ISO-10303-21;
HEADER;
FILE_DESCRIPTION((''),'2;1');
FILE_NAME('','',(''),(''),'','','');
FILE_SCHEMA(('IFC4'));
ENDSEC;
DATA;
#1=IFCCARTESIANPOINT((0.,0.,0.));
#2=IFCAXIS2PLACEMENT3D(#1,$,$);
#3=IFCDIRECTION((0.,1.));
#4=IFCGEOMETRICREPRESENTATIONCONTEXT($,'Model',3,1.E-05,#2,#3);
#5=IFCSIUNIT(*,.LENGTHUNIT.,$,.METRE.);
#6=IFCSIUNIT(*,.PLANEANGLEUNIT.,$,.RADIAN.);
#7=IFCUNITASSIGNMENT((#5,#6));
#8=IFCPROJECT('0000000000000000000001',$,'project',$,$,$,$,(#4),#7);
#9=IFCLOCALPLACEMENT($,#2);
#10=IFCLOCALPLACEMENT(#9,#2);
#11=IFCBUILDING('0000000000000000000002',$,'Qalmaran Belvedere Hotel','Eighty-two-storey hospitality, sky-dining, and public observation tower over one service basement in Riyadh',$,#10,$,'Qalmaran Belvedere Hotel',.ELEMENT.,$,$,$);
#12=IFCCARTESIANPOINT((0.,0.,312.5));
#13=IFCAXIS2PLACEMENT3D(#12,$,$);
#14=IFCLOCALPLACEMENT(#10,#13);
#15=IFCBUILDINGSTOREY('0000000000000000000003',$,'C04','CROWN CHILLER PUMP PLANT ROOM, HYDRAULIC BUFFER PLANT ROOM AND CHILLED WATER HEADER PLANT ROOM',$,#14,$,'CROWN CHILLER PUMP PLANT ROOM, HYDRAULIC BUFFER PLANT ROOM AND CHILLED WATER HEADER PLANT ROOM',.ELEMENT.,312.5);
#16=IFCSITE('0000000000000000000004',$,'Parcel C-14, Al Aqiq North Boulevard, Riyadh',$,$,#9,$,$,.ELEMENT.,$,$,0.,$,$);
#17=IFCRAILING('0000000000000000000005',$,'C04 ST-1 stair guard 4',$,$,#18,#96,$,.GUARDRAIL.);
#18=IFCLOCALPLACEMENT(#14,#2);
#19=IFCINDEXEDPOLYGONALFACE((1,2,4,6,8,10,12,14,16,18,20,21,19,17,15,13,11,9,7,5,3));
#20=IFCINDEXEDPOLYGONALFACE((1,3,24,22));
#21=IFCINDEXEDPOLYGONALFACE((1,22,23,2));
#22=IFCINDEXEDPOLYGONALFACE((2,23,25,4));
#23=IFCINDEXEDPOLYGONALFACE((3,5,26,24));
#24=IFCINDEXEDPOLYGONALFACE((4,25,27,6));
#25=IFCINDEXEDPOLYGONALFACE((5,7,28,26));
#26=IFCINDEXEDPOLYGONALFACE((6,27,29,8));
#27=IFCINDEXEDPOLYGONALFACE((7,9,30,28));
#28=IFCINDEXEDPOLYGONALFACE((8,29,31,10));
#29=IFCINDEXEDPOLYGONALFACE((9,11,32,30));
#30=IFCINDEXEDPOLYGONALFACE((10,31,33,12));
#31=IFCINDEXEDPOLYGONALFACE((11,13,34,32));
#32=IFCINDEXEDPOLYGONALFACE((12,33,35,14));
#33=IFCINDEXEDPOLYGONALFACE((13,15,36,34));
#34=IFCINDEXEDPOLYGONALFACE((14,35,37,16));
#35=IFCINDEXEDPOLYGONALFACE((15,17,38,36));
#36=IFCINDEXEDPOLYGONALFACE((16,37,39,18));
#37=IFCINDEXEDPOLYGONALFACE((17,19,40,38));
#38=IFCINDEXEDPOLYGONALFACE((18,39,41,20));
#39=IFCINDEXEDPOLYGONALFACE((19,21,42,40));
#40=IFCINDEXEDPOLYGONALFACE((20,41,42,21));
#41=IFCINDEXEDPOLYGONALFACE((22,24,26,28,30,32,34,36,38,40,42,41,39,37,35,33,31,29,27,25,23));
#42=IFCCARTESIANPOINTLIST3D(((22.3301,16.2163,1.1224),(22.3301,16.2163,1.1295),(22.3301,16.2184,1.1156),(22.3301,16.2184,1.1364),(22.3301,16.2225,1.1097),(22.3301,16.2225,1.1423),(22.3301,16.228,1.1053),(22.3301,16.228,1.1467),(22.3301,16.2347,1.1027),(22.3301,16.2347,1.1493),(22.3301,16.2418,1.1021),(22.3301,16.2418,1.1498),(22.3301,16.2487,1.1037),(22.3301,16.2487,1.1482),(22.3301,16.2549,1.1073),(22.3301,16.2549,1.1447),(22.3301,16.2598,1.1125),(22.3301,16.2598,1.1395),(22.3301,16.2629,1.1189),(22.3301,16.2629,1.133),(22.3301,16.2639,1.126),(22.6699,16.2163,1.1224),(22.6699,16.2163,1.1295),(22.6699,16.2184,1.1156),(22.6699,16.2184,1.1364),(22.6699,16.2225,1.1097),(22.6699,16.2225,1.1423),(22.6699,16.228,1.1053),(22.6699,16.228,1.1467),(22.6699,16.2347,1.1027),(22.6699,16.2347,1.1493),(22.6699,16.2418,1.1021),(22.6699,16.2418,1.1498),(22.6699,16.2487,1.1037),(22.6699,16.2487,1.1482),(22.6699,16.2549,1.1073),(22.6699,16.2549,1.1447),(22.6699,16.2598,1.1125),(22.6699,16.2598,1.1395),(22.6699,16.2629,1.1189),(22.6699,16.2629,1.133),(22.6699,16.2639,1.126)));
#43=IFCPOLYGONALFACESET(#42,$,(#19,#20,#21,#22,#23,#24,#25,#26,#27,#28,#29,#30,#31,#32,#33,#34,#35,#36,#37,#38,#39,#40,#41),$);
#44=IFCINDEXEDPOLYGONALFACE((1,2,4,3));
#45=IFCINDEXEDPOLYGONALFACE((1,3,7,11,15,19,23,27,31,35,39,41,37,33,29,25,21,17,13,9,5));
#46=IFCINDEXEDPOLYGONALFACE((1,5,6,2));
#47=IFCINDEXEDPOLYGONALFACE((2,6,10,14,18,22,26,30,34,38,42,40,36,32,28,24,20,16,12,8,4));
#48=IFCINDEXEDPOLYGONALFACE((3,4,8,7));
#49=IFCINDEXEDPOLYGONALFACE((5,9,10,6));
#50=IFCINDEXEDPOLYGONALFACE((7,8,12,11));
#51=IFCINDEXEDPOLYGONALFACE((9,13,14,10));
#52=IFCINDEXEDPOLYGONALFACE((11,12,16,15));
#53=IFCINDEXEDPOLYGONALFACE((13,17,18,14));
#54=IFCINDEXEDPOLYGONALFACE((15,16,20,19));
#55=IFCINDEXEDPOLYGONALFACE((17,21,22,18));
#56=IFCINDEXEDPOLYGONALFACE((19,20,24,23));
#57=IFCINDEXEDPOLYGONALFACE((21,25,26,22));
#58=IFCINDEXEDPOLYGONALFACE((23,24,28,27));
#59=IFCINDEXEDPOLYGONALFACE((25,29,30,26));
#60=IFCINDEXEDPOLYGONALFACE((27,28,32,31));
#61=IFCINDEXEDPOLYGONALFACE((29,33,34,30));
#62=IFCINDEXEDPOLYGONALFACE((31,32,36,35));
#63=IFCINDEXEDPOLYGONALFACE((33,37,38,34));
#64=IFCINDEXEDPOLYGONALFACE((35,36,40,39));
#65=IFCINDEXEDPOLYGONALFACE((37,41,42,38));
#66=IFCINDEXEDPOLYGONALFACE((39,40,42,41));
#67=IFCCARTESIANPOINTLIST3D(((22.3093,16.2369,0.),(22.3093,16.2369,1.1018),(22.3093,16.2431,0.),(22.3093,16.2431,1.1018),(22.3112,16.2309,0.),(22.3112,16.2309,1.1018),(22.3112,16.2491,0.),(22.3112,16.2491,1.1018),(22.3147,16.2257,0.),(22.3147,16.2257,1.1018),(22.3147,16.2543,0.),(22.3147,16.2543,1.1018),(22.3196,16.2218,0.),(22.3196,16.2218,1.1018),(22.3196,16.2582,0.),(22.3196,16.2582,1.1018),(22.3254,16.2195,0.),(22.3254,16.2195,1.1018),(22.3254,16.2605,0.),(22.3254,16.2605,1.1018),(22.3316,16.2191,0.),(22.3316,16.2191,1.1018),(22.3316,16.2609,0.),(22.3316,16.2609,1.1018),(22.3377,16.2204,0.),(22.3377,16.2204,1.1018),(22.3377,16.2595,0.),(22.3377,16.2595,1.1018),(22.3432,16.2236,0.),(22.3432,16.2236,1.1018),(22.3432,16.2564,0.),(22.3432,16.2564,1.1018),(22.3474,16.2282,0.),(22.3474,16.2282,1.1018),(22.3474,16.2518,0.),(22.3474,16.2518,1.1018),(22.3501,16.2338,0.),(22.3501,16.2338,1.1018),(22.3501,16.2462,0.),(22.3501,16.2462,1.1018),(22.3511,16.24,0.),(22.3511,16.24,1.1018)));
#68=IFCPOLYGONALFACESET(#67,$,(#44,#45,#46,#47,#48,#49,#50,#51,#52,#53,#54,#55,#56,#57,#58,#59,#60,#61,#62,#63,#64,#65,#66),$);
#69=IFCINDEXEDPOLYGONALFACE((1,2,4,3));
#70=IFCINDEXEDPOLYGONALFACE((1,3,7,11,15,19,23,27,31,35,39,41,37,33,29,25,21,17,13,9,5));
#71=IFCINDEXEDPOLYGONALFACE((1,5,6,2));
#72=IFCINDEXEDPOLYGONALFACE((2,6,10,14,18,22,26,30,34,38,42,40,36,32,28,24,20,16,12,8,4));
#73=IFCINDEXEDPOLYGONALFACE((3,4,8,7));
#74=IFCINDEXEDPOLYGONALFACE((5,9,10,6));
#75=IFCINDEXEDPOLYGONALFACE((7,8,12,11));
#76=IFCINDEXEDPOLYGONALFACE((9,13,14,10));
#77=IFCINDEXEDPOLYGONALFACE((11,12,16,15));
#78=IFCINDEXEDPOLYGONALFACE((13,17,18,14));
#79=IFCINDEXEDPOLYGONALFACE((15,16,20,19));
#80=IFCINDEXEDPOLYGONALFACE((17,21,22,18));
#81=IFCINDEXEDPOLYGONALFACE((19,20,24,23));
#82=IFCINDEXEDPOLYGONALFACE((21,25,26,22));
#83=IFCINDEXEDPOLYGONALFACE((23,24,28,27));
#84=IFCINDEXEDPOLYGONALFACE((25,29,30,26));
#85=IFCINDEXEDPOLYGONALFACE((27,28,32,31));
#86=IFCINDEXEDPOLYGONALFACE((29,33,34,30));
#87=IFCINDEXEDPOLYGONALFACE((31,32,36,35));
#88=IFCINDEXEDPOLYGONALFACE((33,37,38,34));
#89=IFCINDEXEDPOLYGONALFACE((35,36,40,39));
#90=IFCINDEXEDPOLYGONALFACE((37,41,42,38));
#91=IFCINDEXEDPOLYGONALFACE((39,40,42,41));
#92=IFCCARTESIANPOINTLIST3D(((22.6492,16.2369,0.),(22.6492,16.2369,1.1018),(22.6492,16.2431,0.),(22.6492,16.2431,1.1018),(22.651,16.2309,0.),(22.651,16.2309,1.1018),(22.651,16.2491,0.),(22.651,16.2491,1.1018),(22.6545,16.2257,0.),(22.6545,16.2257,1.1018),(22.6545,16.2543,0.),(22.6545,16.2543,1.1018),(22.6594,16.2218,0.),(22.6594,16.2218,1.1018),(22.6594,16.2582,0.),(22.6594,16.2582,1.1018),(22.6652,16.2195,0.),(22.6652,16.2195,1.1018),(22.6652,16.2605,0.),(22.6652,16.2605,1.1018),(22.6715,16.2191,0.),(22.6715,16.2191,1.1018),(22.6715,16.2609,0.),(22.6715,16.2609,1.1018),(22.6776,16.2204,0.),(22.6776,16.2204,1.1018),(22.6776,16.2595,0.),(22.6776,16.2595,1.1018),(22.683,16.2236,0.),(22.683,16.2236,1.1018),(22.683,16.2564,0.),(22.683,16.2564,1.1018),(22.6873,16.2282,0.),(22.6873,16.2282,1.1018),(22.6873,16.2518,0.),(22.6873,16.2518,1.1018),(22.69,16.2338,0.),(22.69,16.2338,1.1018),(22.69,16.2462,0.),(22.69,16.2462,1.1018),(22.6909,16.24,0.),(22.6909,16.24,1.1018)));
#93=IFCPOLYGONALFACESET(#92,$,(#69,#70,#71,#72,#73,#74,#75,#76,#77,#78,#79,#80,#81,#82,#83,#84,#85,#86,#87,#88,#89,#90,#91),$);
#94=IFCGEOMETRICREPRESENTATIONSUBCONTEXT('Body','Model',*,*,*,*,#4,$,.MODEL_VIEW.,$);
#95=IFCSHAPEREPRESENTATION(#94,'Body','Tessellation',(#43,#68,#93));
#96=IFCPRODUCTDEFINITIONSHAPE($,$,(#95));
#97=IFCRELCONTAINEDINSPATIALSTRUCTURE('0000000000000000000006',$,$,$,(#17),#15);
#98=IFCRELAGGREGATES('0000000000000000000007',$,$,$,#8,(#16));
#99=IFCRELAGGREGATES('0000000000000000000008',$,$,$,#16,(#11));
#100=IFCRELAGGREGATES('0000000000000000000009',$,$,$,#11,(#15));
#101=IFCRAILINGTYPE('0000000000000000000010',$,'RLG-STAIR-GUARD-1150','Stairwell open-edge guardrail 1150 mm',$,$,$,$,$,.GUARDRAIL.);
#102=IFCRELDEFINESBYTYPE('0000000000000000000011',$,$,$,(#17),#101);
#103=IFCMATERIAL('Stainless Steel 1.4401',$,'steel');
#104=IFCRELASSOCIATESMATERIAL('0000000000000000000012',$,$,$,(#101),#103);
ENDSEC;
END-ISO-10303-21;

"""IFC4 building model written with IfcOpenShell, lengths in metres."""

from ifc_helpers import new_model, si_unit, direction, frame, origin, origin_2d, place, context, subcontext, project, spatial, circle, extrude, material, type_object, element, save


model = new_model("IFC4")

# Units and contexts
model_context = context("Model", 3, precision=1e-05, world=origin(), true_north=direction((0.0, 1.0)))
body_context = subcontext(model_context, "Body", "Model", "MODEL_VIEW")
ifc_project = project(units=[si_unit("LENGTHUNIT", "METRE"), si_unit("PLANEANGLEUNIT", "RADIAN")], contexts=[model_context])

# Site, building, storey
site_placement = place(None, origin())
site = spatial("IfcSite", under=ifc_project, at=site_placement, Name="Parcel C-14, Al Aqiq North Boulevard, Riyadh", CompositionType="ELEMENT", RefElevation=0.0)
building_placement = place(site_placement, origin())
building = spatial("IfcBuilding", under=site, at=building_placement, Name="Qalmaran Belvedere Hotel", Description="Eighty-two-storey hospitality, sky-dining, and public observation tower over one service basement in Riyadh", LongName="Qalmaran Belvedere Hotel", CompositionType="ELEMENT")
storey_placement = place(building_placement, frame((0.0, 0.0, 312.5)))
storey = spatial("IfcBuildingStorey", under=building, at=storey_placement, Name="C04", Description="CROWN CHILLER PUMP PLANT ROOM, HYDRAULIC BUFFER PLANT ROOM AND CHILLED WATER HEADER PLANT ROOM", LongName="CROWN CHILLER PUMP PLANT ROOM, HYDRAULIC BUFFER PLANT ROOM AND CHILLED WATER HEADER PLANT ROOM", CompositionType="ELEMENT", Elevation=312.5)

# Shared definitions
ifc_material_1 = material(Name="Stainless Steel 1.4401", Category="steel")

# Railing
railing_type_1 = type_object("IfcRailingType", Name="RLG-STAIR-GUARD-1150", Description="Stairwell open-edge guardrail 1150 mm", PredefinedType="GUARDRAIL", material=ifc_material_1)
railing_1_placement = place(storey_placement, frame((22.3301, 16.24, 0.0)))
element("IfcRailing", 1, at=railing_1_placement, inside=storey, type_object=railing_type_1, Name="C04 ST-1 stair guard 4", PredefinedType="GUARDRAIL", context=body_context, shape_type="SweptSolid", body=[
    extrude(circle(Radius=0.0239, at=origin_2d()), frame((0.0, 0.0, 1.126), z_axis=(1.0, 0.0, 0.0), x_axis=(0.0, 1.0, 0.0)), (0.0, 0.0, 1.0), 0.3398),
    extrude(circle(Radius=0.021, at=origin_2d()), origin(), (0.0, 0.0, 1.0), 1.1018),
    extrude(circle(Radius=0.021, at=origin_2d()), frame((0.3398, 0.0, 0.0)), (0.0, 0.0, 1.0), 1.1018),
])

save(model, "model.ifc")
